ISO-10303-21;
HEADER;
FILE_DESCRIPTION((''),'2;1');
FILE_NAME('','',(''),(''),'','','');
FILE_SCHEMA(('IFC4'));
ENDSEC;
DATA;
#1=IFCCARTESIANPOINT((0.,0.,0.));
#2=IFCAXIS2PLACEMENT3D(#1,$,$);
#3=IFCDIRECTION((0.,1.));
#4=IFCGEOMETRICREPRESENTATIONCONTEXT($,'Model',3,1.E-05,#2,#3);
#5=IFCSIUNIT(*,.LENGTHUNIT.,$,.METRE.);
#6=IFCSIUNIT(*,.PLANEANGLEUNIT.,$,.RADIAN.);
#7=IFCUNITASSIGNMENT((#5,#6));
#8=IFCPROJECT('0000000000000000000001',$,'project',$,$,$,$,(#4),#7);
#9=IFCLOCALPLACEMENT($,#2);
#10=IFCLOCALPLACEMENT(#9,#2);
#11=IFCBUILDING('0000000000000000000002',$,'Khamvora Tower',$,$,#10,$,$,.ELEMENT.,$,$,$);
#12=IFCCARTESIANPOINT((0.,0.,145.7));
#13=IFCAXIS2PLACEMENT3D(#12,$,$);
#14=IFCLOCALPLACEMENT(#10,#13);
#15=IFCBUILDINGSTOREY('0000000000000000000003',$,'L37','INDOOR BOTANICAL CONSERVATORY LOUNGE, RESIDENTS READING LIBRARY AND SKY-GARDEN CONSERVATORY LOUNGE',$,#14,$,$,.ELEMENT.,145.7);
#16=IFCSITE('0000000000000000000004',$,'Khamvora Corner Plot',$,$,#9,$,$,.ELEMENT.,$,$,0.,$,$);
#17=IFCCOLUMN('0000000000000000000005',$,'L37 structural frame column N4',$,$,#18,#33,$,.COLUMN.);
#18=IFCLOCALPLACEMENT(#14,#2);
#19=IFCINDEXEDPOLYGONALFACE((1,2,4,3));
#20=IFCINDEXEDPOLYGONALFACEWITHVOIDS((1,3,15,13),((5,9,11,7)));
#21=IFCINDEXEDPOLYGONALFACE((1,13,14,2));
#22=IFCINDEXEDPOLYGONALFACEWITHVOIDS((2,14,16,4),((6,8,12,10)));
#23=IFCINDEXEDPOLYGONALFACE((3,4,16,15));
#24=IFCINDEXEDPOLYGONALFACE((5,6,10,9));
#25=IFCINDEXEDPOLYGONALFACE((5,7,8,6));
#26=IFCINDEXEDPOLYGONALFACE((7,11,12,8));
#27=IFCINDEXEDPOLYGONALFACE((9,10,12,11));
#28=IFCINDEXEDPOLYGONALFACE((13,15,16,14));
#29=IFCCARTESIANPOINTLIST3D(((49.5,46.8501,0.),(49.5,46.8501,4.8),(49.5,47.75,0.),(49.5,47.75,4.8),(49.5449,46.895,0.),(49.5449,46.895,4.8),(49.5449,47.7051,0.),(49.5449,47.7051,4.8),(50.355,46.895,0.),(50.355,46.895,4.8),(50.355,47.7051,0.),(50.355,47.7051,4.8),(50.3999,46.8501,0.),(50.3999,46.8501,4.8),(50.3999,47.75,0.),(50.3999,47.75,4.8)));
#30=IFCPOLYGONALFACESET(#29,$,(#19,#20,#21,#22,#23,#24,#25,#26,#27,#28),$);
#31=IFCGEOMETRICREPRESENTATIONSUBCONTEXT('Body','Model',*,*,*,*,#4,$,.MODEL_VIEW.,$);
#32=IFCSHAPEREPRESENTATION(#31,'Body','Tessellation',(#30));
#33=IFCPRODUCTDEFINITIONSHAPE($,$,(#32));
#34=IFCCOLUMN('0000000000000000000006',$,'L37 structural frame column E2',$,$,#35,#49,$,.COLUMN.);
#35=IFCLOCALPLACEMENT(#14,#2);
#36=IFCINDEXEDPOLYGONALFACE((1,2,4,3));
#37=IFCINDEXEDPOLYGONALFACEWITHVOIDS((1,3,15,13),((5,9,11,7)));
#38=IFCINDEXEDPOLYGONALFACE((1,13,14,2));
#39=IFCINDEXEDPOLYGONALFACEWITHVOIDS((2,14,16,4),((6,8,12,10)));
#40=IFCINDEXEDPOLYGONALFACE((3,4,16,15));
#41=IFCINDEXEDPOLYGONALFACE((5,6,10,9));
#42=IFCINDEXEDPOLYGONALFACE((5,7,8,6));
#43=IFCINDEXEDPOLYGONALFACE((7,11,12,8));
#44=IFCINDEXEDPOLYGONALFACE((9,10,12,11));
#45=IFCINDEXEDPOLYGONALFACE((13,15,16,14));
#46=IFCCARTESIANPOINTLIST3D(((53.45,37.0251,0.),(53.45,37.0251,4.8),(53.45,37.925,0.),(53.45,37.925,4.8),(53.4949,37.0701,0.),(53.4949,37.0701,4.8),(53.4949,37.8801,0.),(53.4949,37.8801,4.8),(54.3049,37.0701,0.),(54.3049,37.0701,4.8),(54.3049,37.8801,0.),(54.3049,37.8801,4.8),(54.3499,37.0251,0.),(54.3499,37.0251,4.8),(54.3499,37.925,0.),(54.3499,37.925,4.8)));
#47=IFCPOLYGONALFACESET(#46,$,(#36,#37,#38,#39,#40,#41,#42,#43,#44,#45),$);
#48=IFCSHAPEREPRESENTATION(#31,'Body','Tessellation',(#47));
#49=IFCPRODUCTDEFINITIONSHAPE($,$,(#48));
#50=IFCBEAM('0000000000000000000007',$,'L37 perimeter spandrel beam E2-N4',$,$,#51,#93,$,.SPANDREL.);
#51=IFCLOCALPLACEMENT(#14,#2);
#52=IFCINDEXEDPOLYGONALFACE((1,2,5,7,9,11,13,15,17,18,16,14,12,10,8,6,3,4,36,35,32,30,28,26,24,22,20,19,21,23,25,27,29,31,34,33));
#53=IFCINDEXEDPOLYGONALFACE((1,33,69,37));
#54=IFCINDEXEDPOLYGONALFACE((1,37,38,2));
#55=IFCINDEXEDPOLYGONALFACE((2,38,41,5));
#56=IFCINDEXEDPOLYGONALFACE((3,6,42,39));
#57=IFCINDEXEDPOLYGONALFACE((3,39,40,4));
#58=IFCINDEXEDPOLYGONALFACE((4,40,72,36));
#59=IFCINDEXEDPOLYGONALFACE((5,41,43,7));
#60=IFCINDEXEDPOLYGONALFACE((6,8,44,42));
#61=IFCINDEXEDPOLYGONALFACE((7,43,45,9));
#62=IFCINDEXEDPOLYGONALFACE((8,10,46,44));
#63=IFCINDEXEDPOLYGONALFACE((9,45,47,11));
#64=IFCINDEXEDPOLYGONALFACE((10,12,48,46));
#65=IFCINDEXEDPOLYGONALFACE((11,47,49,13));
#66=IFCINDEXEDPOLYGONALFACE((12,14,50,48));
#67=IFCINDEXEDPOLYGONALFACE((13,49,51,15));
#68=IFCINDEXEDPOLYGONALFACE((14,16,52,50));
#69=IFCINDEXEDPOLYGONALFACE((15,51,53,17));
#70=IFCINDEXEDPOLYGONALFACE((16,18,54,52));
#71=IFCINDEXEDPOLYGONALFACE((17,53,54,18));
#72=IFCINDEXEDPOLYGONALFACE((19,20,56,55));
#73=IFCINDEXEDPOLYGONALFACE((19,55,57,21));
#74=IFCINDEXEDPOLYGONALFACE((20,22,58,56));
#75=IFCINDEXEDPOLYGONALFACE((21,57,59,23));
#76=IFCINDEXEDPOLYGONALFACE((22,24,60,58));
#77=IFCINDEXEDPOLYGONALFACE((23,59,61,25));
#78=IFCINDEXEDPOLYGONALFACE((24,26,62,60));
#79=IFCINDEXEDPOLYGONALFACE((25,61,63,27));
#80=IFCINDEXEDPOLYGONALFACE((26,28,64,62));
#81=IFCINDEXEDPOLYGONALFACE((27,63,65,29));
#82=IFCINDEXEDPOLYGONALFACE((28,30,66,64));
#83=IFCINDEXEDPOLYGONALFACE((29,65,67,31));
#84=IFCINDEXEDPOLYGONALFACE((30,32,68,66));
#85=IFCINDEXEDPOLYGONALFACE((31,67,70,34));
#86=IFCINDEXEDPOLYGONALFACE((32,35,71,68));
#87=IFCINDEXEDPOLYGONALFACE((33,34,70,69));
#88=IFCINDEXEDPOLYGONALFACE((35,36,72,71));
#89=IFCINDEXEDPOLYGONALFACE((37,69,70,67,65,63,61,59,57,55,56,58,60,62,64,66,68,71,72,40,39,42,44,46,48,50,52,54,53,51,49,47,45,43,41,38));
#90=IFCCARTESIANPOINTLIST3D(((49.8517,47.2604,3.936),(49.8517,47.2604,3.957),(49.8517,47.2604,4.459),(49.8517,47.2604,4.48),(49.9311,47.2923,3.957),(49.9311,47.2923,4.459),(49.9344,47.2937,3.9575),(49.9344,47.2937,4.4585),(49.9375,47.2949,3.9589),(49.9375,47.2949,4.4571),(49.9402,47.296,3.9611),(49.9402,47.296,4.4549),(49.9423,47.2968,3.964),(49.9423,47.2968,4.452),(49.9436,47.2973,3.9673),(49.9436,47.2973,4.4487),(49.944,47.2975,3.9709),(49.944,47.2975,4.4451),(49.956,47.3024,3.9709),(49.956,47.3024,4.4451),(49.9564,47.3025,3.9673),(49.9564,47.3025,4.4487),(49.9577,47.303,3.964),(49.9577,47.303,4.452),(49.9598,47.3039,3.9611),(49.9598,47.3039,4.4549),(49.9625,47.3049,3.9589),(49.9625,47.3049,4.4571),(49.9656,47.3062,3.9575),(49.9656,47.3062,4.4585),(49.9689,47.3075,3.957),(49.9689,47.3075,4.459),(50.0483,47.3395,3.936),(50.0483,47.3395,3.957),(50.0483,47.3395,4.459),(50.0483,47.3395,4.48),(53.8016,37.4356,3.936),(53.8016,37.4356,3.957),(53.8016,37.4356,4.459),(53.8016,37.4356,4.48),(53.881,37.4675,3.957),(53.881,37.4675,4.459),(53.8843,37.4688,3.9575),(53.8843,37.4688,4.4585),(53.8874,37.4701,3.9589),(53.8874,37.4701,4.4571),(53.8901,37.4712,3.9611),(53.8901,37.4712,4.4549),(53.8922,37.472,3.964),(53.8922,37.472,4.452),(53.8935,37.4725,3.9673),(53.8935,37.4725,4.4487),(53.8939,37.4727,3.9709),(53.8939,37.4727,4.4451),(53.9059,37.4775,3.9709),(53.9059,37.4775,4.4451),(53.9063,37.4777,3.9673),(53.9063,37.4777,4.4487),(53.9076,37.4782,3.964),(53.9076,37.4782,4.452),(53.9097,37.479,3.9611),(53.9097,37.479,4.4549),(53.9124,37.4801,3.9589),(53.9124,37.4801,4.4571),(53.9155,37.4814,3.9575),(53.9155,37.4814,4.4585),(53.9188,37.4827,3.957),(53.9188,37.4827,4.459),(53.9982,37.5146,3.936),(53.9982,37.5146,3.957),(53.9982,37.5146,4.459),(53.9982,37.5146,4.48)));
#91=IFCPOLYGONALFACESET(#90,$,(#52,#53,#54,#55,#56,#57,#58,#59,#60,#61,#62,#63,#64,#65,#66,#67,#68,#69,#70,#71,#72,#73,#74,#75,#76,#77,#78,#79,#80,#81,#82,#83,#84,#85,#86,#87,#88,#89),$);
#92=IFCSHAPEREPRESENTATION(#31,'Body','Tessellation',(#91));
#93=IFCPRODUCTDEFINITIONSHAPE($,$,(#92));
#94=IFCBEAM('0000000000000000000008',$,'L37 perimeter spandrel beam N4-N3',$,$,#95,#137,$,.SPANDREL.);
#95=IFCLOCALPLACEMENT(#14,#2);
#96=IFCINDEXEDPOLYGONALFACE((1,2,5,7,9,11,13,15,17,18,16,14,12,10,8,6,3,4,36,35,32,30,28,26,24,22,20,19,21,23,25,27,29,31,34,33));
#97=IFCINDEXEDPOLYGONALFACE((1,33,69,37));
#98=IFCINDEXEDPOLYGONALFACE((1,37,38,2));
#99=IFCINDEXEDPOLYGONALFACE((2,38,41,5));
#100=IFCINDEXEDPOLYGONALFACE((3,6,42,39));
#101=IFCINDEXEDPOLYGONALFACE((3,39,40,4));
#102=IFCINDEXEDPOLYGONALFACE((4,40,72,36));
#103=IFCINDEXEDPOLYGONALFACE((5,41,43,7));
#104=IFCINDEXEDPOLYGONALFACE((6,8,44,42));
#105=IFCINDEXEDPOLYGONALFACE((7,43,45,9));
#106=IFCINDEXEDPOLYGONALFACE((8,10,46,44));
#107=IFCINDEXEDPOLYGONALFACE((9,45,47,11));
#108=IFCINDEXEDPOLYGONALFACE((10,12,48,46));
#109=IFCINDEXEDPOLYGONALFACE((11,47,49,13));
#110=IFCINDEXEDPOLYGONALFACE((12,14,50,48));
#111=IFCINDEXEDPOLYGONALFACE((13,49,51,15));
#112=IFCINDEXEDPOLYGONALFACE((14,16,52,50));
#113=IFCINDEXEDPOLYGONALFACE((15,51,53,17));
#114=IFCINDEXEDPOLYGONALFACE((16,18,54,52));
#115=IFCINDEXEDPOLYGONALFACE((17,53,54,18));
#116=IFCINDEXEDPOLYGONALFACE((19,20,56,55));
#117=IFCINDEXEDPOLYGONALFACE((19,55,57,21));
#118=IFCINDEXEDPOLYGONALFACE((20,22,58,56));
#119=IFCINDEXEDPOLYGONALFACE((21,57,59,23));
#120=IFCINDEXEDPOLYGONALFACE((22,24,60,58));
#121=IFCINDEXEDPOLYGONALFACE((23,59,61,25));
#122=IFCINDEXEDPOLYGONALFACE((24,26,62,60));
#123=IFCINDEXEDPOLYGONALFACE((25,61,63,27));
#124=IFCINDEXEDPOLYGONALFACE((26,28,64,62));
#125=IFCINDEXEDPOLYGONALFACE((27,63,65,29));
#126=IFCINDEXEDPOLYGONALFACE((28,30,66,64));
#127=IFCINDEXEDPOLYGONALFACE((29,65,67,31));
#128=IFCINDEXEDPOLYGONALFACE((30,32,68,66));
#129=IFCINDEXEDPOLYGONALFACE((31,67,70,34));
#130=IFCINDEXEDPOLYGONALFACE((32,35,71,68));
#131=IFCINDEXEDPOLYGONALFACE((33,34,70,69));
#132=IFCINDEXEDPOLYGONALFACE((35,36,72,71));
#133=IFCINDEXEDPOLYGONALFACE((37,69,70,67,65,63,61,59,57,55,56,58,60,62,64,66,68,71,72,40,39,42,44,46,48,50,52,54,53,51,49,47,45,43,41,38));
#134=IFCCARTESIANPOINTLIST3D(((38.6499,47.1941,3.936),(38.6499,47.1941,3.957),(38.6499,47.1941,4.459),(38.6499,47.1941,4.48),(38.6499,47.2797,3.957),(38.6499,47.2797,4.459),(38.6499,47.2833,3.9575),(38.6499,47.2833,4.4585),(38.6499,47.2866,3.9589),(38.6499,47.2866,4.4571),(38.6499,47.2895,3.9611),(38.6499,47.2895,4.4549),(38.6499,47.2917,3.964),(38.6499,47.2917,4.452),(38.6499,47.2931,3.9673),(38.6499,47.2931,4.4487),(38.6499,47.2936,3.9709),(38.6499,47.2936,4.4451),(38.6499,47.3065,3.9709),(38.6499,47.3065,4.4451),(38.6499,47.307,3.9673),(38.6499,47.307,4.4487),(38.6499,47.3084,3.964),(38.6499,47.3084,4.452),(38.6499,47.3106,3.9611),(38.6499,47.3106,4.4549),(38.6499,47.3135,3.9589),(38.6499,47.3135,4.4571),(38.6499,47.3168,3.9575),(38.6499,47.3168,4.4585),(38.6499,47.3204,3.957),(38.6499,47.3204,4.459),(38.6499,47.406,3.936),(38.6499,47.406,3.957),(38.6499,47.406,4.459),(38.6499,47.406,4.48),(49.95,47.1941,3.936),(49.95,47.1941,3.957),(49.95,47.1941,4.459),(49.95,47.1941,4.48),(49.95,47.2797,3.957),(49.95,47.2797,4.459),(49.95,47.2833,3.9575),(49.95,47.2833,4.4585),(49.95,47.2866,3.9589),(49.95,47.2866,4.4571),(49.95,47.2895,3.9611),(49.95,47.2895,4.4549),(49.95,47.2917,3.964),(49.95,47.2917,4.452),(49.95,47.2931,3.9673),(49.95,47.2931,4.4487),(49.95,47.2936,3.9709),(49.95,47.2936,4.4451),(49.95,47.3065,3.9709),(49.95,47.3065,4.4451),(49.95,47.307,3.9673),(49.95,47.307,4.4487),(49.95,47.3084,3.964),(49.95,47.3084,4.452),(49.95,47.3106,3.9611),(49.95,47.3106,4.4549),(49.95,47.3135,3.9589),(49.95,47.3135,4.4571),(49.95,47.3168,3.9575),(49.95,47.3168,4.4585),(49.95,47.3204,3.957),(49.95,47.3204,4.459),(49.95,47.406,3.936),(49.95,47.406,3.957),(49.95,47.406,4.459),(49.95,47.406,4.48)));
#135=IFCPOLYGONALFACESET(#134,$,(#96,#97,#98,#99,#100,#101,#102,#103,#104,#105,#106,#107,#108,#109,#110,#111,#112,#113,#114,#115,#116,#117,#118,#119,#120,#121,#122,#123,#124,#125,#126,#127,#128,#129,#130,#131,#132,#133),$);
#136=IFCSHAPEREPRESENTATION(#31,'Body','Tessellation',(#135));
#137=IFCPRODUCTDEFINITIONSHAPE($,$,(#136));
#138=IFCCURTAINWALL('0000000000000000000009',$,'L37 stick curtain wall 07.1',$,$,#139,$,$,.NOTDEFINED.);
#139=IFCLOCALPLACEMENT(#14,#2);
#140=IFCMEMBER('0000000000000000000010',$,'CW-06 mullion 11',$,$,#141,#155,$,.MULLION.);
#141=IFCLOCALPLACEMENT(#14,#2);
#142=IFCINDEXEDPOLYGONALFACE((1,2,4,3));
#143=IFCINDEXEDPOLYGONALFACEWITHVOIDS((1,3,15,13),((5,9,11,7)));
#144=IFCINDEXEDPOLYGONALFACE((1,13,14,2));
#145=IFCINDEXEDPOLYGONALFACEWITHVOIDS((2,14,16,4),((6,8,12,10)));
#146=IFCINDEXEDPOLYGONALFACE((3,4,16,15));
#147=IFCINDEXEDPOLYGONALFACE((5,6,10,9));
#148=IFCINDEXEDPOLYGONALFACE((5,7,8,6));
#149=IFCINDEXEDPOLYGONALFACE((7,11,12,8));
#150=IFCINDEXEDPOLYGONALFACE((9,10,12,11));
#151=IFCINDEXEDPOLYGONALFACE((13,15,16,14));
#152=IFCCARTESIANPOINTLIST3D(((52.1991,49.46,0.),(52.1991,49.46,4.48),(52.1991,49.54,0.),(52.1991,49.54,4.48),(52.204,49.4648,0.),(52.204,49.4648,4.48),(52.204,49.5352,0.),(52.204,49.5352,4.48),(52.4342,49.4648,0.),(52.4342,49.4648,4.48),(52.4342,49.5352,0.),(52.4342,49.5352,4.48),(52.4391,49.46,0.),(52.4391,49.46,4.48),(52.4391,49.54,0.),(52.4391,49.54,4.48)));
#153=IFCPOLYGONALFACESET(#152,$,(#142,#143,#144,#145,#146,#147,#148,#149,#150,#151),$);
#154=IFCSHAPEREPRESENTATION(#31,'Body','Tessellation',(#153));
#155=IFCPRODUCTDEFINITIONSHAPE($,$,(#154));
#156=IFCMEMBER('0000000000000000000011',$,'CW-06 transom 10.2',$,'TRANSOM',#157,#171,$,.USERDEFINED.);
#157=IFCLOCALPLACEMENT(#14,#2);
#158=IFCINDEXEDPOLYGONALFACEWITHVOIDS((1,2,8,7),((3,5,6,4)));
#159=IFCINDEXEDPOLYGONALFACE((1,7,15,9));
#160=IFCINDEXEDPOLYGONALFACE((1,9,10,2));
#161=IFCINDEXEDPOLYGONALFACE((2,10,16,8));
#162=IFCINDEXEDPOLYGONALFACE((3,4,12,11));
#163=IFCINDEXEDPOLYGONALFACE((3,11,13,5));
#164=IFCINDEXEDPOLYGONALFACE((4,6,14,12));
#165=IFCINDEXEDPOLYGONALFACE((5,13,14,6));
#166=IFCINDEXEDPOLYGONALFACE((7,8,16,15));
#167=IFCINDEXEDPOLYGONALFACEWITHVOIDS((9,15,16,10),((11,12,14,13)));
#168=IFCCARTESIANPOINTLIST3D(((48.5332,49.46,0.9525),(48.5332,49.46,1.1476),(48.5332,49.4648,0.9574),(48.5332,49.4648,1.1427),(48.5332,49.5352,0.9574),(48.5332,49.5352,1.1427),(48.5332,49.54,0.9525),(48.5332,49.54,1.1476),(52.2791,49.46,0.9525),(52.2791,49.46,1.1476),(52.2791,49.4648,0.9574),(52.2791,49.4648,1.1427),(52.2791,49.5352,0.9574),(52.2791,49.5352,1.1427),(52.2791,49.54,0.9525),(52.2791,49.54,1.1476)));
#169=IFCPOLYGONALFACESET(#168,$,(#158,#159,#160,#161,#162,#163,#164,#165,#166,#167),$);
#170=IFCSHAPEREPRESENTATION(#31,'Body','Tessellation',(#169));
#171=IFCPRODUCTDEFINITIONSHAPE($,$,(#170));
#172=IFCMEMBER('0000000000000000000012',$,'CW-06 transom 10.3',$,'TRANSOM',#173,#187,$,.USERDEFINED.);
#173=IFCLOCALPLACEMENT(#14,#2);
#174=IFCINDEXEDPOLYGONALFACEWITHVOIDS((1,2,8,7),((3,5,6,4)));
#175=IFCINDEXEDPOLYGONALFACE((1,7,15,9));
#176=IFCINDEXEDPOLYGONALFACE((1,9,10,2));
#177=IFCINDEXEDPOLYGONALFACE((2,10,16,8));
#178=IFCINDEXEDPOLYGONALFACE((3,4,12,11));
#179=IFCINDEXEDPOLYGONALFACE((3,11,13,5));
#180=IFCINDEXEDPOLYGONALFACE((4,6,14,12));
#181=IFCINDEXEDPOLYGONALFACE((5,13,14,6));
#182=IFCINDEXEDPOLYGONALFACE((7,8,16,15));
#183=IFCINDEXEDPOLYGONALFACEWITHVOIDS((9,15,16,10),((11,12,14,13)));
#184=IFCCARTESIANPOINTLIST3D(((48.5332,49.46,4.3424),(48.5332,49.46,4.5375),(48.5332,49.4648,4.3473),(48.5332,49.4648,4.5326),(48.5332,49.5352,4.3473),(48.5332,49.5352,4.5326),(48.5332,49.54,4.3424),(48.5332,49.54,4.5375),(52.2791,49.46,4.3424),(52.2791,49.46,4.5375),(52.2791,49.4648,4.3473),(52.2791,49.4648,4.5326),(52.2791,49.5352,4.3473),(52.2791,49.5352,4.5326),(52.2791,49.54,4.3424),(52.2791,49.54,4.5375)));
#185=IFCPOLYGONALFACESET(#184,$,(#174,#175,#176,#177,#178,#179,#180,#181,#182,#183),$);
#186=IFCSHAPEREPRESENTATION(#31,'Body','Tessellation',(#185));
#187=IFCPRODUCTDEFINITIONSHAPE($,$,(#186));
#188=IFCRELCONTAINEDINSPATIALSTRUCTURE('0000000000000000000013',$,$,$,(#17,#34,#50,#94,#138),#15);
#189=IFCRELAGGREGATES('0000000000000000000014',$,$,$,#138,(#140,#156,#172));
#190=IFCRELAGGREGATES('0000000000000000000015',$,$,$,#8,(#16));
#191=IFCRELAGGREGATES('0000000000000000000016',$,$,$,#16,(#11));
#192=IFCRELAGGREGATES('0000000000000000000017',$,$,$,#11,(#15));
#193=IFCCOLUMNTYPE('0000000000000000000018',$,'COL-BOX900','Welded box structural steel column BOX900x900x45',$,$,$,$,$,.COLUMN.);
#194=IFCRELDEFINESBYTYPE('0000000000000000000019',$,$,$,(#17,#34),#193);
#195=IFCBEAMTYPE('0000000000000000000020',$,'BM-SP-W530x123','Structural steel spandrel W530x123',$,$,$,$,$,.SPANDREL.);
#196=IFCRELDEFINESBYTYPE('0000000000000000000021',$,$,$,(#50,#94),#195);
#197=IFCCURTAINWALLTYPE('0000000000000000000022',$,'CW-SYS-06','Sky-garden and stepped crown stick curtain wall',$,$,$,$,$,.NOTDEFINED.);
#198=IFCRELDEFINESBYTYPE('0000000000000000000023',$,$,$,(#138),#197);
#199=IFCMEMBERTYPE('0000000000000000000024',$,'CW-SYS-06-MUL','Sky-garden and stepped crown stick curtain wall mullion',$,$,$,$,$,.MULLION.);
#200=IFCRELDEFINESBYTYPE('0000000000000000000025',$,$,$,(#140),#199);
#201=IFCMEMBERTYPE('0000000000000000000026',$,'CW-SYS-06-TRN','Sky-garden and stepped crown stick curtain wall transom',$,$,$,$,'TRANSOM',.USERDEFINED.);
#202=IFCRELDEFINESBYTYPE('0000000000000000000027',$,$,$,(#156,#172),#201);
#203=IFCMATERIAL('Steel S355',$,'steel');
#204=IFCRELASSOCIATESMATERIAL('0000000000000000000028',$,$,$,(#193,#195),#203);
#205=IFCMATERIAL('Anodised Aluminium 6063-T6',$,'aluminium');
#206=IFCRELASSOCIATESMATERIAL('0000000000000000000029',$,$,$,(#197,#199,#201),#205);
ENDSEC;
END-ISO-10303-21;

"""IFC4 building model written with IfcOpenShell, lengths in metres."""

from ifc_helpers import new_model, si_unit, direction, frame, origin, origin_2d, place, context, subcontext, project, spatial, hollow_rectangle, i_section, extrude, material, material_profile, profile_set, type_object, element, aggregate, save


model = new_model("IFC4")

# Units and contexts
model_context = context("Model", 3, precision=1e-05, world=origin(), true_north=direction((0.0, 1.0)))
body_context = subcontext(model_context, "Body", "Model", "MODEL_VIEW")
ifc_project = project(units=[si_unit("LENGTHUNIT", "METRE"), si_unit("PLANEANGLEUNIT", "RADIAN")], contexts=[model_context])

# Site, building, storey
site_placement = place(None, origin())
site = spatial("IfcSite", under=ifc_project, at=site_placement, Name="Khamvora Corner Plot", CompositionType="ELEMENT", RefElevation=0.0)
building_placement = place(site_placement, origin())
building = spatial("IfcBuilding", under=site, at=building_placement, Name="Khamvora Tower", CompositionType="ELEMENT")
storey_placement = place(building_placement, frame((0.0, 0.0, 145.7)))
storey = spatial("IfcBuildingStorey", under=building, at=storey_placement, Name="L37", Description="INDOOR BOTANICAL CONSERVATORY LOUNGE, RESIDENTS READING LIBRARY AND SKY-GARDEN CONSERVATORY LOUNGE", CompositionType="ELEMENT", Elevation=145.7)

# Columns
ifc_material_1 = material(Name="Steel S355", Category="steel")
ifc_material_profile_1 = material_profile(ifc_material_1, hollow_rectangle(XDim=0.8999, YDim=0.8999, WallThickness=0.0449, at=origin_2d()), Name="BOX900x900x45")
ifc_profile_set_1 = profile_set([ifc_material_profile_1], Name="Steel S355")
column_type = type_object("IfcColumnType", Name="COL-BOX900", Description="Welded box structural steel column BOX900x900x45", PredefinedType="COLUMN", material=ifc_profile_set_1)
for number, where, z_axis, x_axis, name in (
    (1, (49.95, 47.3, 0.0), (0.0, 0.0, 1.0), (1.0, 0.0, 0.0), "L37 structural frame column N4"),
    (2, (53.8999, 37.4751, 0.0), (0.0, 0.0, 1.0), (1.0, 0.0, 0.0), "L37 structural frame column E2"),
):
    element("IfcColumn", number, at=place(storey_placement, frame(where, z_axis=z_axis, x_axis=x_axis)), inside=storey, type_object=column_type, Name=name, PredefinedType="COLUMN", context=body_context, shape_type="SweptSolid", body=[
        extrude(hollow_rectangle(XDim=0.8999, YDim=0.8999, WallThickness=0.0449, at=origin_2d()), origin(), (0.0, 0.0, 1.0), 4.8),
    ])

# Beams
ifc_material_profile_2 = material_profile(ifc_material_1, i_section(OverallWidth=0.2119, OverallDepth=0.5439, WebThickness=0.0129, FlangeThickness=0.021, FilletRadius=0.0139, at=origin_2d()), Name="W530x123")
ifc_profile_set_2 = profile_set([ifc_material_profile_2], Name="Steel S355")
beam_type = type_object("IfcBeamType", Name="BM-SP-W530x123", Description="Structural steel spandrel W530x123", PredefinedType="SPANDREL", material=ifc_profile_set_2)
beam_1_placement = place(storey_placement, frame((53.8999, 37.4751, 4.208), z_axis=(-0.373016, 0.927825, 0.0), x_axis=(-0.927825, -0.373016, 0.0)))
element("IfcBeam", 3, at=beam_1_placement, inside=storey, type_object=beam_type, Name="L37 perimeter spandrel beam E2-N4", PredefinedType="SPANDREL", context=body_context, shape_type="SweptSolid", body=[
    extrude(i_section(OverallWidth=0.2119, OverallDepth=0.5439, WebThickness=0.0129, FlangeThickness=0.021, FilletRadius=0.0139, at=origin_2d()), origin(), (0.0, 0.0, 1.0), 10.5891),
])
beam_2_placement = place(storey_placement, frame((49.95, 47.3, 4.208), z_axis=(-1.0, 0.0, 0.0), x_axis=(0.0, -1.0, 0.0)))
element("IfcBeam", 4, at=beam_2_placement, inside=storey, type_object=beam_type, Name="L37 perimeter spandrel beam N4-N3", PredefinedType="SPANDREL", context=body_context, shape_type="SweptSolid", body=[
    extrude(i_section(OverallWidth=0.2119, OverallDepth=0.5439, WebThickness=0.0129, FlangeThickness=0.021, FilletRadius=0.0139, at=origin_2d()), origin(), (0.0, 0.0, 1.0), 11.3),
])

# Curtain wall, members
ifc_material_2 = material(Name="Anodised Aluminium 6063-T6", Category="aluminium")
curtain_wall_type = type_object("IfcCurtainWallType", Name="CW-SYS-06", Description="Sky-garden and stepped crown stick curtain wall", PredefinedType="NOTDEFINED", material=ifc_material_2)
curtain_wall_placement = place(storey_placement, origin())
curtain_wall = element("IfcCurtainWall", 5, at=curtain_wall_placement, inside=storey, type_object=curtain_wall_type, Name="L37 stick curtain wall 07.1", PredefinedType="NOTDEFINED")
ifc_material_profile_3 = material_profile(ifc_material_2, hollow_rectangle(XDim=0.0801, YDim=0.24, WallThickness=0.0049, at=origin_2d()), Name="MUL80x240x5")
ifc_profile_set_3 = profile_set([ifc_material_profile_3], Name="Anodised Aluminium 6063-T6")
member_type_1 = type_object("IfcMemberType", Name="CW-SYS-06-MUL", Description="Sky-garden and stepped crown stick curtain wall mullion", PredefinedType="MULLION", material=ifc_profile_set_3)
member_1_placement = place(storey_placement, frame((52.3191, 49.5, 0.0), z_axis=(0.0, 0.0, 1.0), x_axis=(0.0, 1.0, 0.0)))
member_1 = element("IfcMember", 6, at=member_1_placement, type_object=member_type_1, Name="CW-06 mullion 11", PredefinedType="MULLION", context=body_context, shape_type="SweptSolid", body=[
    extrude(hollow_rectangle(XDim=0.0801, YDim=0.24, WallThickness=0.0049, at=origin_2d()), origin(), (0.0, 0.0, 1.0), 4.48),
])
ifc_material_profile_4 = material_profile(ifc_material_2, hollow_rectangle(XDim=0.0801, YDim=0.1951, WallThickness=0.0049, at=origin_2d()), Name="TRN80x195x5")
ifc_profile_set_4 = profile_set([ifc_material_profile_4], Name="Anodised Aluminium 6063-T6")
member_type_2 = type_object("IfcMemberType", Name="CW-SYS-06-TRN", Description="Sky-garden and stepped crown stick curtain wall transom", ElementType="TRANSOM", PredefinedType="USERDEFINED", material=ifc_profile_set_4)
member_2_placement = place(storey_placement, frame((48.5332, 49.5, 1.05), z_axis=(1.0, 0.0, 0.0), x_axis=(0.0, 1.0, 0.0)))
member_2 = element("IfcMember", 7, at=member_2_placement, type_object=member_type_2, Name="CW-06 transom 10.2", ObjectType="TRANSOM", PredefinedType="USERDEFINED", context=body_context, shape_type="SweptSolid", body=[
    extrude(hollow_rectangle(XDim=0.0801, YDim=0.1951, WallThickness=0.0049, at=origin_2d()), origin(), (0.0, 0.0, 1.0), 3.7458),
])
member_3_placement = place(storey_placement, frame((48.5332, 49.5, 4.4399), z_axis=(1.0, 0.0, 0.0), x_axis=(0.0, 1.0, 0.0)))
member_3 = element("IfcMember", 8, at=member_3_placement, type_object=member_type_2, Name="CW-06 transom 10.3", ObjectType="TRANSOM", PredefinedType="USERDEFINED", context=body_context, shape_type="SweptSolid", body=[
    extrude(hollow_rectangle(XDim=0.0801, YDim=0.1951, WallThickness=0.0049, at=origin_2d()), origin(), (0.0, 0.0, 1.0), 3.7458),
])

aggregate(curtain_wall, [member_1, member_2, member_3])

save(model, "model.ifc")
